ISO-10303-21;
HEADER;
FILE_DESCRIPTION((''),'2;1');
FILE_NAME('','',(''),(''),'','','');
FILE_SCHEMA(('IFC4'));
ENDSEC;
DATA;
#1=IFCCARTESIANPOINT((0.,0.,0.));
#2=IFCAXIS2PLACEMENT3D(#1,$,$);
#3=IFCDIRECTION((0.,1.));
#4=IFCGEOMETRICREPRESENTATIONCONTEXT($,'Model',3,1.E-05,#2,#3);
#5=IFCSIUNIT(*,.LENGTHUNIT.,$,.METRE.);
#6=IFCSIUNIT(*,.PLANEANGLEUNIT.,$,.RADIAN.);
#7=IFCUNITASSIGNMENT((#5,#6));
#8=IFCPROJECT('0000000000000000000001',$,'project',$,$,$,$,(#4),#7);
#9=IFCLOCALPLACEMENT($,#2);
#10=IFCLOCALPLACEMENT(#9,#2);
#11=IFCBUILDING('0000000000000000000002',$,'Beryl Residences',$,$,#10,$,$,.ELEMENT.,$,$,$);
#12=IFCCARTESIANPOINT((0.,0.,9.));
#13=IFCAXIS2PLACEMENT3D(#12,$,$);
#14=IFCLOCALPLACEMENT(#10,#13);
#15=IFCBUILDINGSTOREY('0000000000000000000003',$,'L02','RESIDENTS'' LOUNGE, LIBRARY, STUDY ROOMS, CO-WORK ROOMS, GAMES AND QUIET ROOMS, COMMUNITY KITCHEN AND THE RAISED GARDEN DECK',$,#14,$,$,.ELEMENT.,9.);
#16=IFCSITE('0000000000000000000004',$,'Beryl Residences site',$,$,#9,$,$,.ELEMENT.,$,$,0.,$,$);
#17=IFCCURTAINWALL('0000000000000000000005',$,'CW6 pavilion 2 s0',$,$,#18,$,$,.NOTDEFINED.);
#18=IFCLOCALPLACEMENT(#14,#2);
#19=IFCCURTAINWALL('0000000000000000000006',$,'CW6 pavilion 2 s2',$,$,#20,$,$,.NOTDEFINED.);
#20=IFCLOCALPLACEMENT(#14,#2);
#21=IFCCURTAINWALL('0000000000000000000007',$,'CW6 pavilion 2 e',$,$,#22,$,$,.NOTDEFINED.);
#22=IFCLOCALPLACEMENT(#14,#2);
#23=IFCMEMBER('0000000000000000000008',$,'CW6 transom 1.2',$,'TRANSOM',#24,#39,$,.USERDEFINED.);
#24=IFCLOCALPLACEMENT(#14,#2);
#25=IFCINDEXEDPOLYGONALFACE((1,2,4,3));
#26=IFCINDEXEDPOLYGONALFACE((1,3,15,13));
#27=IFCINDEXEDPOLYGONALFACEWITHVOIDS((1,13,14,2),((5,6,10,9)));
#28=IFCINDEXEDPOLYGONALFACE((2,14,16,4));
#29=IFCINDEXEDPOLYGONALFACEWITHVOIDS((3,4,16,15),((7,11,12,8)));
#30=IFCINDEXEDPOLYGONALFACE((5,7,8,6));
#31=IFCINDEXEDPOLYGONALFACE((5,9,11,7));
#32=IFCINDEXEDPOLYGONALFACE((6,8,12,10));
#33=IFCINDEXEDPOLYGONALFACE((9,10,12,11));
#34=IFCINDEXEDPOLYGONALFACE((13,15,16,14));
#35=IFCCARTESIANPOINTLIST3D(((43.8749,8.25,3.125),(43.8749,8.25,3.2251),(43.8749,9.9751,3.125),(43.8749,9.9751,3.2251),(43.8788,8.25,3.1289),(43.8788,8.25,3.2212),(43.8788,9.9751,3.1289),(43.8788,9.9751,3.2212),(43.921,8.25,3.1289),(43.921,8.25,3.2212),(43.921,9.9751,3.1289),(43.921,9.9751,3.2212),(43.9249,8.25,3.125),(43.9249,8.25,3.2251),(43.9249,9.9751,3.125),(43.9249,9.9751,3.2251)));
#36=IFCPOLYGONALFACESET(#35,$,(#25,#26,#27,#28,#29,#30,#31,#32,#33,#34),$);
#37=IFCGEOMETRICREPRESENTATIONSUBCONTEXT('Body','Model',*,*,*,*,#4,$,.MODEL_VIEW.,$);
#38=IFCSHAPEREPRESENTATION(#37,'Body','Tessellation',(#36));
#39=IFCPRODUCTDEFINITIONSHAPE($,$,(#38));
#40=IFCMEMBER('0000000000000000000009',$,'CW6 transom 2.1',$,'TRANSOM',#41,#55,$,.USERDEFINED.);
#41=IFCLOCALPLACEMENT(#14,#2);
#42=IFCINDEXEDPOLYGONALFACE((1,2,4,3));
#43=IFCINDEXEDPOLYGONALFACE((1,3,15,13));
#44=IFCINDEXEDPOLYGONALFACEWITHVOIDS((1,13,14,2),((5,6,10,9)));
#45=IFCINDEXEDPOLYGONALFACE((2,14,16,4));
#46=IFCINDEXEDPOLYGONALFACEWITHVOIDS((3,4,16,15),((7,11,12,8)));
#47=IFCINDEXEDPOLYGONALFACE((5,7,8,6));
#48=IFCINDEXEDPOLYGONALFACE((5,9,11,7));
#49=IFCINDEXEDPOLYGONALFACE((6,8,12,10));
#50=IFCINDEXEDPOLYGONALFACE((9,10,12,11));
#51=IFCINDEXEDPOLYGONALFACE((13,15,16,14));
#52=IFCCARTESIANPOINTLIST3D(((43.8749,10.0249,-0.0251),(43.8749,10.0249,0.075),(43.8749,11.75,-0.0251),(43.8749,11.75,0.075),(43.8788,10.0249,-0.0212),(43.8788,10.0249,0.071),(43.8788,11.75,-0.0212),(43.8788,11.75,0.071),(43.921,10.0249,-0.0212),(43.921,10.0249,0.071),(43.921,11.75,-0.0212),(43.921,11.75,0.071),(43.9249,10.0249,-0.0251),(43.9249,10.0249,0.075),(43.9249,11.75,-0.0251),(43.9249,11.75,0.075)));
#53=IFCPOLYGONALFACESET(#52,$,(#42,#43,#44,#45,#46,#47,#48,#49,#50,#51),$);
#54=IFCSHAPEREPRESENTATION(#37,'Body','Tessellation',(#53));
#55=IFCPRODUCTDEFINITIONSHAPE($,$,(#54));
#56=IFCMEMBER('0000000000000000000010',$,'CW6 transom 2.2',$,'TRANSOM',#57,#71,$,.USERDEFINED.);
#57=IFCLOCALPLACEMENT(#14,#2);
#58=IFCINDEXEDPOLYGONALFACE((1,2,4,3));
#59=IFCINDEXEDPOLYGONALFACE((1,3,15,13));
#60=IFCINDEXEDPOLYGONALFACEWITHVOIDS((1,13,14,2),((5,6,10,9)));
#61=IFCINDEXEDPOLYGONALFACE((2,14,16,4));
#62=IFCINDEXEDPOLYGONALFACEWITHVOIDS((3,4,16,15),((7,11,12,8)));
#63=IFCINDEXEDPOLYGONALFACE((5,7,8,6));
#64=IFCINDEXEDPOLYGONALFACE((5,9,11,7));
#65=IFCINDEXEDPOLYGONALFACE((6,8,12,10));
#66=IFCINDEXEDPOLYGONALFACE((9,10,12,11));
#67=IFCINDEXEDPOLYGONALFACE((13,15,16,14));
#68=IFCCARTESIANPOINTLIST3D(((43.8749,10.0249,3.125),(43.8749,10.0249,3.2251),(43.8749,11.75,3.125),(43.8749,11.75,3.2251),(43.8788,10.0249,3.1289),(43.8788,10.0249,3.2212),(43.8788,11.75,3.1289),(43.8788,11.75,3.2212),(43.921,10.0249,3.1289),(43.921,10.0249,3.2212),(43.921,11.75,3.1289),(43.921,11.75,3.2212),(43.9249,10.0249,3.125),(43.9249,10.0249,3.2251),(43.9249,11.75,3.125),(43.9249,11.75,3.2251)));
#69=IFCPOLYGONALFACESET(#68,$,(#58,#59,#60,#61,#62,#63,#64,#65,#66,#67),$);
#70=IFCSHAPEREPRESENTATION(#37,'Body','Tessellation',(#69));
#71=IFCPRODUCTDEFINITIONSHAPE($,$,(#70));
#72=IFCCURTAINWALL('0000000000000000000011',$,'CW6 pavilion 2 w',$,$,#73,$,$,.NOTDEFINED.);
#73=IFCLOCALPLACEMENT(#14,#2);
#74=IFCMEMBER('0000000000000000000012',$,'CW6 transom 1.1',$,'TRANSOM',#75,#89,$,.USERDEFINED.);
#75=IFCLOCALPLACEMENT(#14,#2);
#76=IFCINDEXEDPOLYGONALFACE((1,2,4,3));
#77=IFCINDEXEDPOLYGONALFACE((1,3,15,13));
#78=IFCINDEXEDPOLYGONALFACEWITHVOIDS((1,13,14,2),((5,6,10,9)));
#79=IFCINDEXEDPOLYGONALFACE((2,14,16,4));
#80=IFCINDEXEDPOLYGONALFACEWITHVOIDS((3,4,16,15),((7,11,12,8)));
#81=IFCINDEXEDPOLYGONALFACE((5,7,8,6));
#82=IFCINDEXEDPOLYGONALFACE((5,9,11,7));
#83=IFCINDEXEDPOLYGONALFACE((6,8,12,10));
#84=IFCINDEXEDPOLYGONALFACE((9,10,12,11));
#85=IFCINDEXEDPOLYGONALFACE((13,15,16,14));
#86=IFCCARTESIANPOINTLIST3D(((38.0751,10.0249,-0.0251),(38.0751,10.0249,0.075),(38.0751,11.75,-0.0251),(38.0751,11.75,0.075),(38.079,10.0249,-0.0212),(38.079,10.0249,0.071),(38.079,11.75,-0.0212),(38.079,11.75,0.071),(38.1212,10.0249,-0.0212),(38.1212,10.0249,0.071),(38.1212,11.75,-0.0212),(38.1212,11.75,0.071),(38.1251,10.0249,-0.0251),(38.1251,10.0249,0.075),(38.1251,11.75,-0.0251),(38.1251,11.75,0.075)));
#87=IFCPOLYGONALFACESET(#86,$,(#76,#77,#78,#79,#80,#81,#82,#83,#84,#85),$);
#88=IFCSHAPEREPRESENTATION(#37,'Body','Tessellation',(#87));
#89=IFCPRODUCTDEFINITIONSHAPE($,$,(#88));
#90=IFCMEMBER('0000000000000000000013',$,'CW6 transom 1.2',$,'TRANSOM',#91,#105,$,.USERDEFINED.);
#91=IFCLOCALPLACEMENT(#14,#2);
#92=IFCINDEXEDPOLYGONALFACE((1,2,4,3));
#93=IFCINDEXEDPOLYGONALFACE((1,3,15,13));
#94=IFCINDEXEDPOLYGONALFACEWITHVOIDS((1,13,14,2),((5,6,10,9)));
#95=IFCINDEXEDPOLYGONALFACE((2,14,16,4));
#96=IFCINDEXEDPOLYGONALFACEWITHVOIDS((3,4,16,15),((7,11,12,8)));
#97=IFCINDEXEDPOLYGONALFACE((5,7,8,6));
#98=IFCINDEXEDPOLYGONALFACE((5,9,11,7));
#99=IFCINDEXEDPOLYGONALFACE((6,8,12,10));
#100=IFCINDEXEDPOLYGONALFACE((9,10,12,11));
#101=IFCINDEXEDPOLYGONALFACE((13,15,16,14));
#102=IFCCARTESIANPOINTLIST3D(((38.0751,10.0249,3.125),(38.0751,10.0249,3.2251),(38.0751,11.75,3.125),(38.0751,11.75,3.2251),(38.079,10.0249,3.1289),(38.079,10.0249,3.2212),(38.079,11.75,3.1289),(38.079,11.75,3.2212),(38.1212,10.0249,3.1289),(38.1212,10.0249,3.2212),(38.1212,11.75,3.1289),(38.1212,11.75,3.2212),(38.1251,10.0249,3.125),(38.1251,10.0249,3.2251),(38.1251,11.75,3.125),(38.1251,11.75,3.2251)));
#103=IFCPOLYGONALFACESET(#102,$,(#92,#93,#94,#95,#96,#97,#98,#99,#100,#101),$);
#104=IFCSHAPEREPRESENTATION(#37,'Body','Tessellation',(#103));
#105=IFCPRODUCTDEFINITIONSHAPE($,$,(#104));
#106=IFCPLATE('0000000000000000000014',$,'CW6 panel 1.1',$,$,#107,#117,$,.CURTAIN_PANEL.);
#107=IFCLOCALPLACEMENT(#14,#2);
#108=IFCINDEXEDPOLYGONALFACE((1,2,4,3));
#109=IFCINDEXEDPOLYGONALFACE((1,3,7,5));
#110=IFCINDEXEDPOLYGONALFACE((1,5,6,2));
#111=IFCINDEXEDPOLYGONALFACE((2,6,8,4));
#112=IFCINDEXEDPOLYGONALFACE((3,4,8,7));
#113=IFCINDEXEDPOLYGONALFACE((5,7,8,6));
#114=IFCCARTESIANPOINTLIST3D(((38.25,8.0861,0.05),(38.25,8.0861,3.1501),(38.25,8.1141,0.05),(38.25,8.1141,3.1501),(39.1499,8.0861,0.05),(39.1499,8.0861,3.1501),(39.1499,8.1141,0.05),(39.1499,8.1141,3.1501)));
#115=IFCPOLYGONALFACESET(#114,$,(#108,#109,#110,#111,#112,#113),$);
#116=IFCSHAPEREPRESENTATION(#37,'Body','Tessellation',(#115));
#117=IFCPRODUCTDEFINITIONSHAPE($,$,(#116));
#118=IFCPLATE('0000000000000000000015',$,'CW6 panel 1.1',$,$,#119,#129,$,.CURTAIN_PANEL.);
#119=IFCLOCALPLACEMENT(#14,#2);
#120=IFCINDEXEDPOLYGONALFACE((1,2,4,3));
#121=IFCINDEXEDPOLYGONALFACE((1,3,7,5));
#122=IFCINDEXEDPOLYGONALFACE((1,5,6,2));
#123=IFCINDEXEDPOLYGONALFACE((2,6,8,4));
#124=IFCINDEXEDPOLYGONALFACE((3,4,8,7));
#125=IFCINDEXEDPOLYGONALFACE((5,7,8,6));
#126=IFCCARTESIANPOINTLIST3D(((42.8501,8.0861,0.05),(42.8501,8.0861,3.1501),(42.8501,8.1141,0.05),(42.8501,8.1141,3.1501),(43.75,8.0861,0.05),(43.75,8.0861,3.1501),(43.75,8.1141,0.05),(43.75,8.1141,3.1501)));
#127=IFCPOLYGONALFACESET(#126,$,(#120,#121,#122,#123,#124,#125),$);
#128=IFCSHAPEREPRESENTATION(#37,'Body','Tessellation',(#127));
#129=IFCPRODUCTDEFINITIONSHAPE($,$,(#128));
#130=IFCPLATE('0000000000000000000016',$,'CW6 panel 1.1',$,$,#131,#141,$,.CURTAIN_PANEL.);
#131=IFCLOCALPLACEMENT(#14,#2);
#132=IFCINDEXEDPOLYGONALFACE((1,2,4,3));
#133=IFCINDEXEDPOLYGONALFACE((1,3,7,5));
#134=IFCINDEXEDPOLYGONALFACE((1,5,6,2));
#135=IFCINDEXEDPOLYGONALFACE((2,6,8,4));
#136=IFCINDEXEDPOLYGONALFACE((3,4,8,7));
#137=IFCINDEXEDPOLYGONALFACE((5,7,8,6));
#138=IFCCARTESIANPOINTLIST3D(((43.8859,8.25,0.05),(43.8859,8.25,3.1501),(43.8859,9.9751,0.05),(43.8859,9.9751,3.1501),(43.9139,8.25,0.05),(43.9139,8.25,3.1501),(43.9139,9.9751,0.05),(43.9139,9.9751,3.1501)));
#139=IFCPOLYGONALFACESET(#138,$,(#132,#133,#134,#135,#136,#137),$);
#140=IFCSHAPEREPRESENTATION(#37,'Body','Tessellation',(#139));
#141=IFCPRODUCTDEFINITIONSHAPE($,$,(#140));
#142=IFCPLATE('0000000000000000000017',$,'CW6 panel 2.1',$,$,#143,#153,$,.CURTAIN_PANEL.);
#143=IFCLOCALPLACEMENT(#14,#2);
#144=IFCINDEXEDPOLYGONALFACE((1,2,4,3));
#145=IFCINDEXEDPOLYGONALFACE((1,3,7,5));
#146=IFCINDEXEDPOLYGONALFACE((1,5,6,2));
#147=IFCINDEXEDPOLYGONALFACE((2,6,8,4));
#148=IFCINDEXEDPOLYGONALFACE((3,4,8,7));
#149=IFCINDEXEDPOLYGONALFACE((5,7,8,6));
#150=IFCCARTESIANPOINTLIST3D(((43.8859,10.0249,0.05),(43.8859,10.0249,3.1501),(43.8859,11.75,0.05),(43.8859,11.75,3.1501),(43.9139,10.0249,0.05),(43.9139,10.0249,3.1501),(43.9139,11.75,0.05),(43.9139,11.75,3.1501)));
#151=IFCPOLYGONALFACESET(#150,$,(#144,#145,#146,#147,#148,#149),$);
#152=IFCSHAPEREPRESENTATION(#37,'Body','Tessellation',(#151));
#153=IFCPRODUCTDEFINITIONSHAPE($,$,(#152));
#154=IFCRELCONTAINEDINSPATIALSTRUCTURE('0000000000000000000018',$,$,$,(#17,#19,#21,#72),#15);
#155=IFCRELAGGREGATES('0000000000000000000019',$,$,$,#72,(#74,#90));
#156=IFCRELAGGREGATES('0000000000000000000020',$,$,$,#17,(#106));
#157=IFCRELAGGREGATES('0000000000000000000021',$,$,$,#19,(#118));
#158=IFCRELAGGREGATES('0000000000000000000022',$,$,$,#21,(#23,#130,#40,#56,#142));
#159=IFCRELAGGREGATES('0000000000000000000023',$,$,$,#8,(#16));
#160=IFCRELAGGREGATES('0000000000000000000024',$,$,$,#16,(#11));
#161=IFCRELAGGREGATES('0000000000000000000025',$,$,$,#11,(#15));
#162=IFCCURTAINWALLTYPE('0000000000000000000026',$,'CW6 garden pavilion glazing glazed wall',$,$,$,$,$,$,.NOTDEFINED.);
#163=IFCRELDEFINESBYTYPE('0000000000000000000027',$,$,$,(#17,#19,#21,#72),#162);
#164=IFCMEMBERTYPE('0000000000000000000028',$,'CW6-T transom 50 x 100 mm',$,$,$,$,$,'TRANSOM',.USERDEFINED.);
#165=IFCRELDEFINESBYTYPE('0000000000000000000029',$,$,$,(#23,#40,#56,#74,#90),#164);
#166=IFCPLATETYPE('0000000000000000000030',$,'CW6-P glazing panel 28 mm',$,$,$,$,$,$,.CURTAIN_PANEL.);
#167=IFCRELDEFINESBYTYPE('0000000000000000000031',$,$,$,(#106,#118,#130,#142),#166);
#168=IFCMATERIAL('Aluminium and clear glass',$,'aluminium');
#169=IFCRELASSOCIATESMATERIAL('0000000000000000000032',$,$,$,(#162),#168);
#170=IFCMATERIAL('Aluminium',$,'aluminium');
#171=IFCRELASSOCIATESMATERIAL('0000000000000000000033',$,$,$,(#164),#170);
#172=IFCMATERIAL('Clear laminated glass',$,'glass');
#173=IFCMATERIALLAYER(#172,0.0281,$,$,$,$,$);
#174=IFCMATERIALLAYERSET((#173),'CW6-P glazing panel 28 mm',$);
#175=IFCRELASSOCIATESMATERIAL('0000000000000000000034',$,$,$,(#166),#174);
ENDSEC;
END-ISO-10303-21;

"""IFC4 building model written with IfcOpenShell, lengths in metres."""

from ifc_helpers import new_model, si_unit, direction, frame, origin, origin_2d, place, context, subcontext, project, spatial, rectangle, hollow_rectangle, extrude, material, layer, layer_set, material_profile, profile_set, type_object, element, aggregate, save


model = new_model("IFC4")

# Units and contexts
model_context = context("Model", 3, precision=1e-05, world=origin(), true_north=direction((0.0, 1.0)))
body_context = subcontext(model_context, "Body", "Model", "MODEL_VIEW")
ifc_project = project(units=[si_unit("LENGTHUNIT", "METRE"), si_unit("PLANEANGLEUNIT", "RADIAN")], contexts=[model_context])

# Site, building, storey
site_placement = place(None, origin())
site = spatial("IfcSite", under=ifc_project, at=site_placement, Name="Beryl Residences site", CompositionType="ELEMENT", RefElevation=0.0)
building_placement = place(site_placement, origin())
building = spatial("IfcBuilding", under=site, at=building_placement, Name="Beryl Residences", CompositionType="ELEMENT")
storey_placement = place(building_placement, frame((0.0, 0.0, 9.0)))
storey = spatial("IfcBuildingStorey", under=building, at=storey_placement, Name="L02", Description="RESIDENTS' LOUNGE, LIBRARY, STUDY ROOMS, CO-WORK ROOMS, GAMES AND QUIET ROOMS, COMMUNITY KITCHEN AND THE RAISED GARDEN DECK", CompositionType="ELEMENT", Elevation=9.0)

# Curtain walls
ifc_material_1 = material(Name="Aluminium and clear glass", Category="aluminium")
curtain_wall_type = type_object("IfcCurtainWallType", Name="CW6 garden pavilion glazing glazed wall", PredefinedType="NOTDEFINED", material=ifc_material_1)
curtain_wall_1_placement = place(storey_placement, origin())
curtain_wall_1 = element("IfcCurtainWall", 1, at=curtain_wall_1_placement, inside=storey, type_object=curtain_wall_type, Name="CW6 pavilion 2 s0", PredefinedType="NOTDEFINED")
curtain_wall_2_placement = place(storey_placement, origin())
curtain_wall_2 = element("IfcCurtainWall", 2, at=curtain_wall_2_placement, inside=storey, type_object=curtain_wall_type, Name="CW6 pavilion 2 s2", PredefinedType="NOTDEFINED")
curtain_wall_3_placement = place(storey_placement, origin())
curtain_wall_3 = element("IfcCurtainWall", 3, at=curtain_wall_3_placement, inside=storey, type_object=curtain_wall_type, Name="CW6 pavilion 2 e", PredefinedType="NOTDEFINED")

# Members
ifc_material_2 = material(Name="Aluminium", Category="aluminium")
ifc_material_profile_1 = material_profile(ifc_material_2, hollow_rectangle(XDim=0.05, YDim=0.1001, WallThickness=0.0039, at=origin_2d()))
ifc_profile_set_1 = profile_set([ifc_material_profile_1], Name="Aluminium")
member_type_1 = type_object("IfcMemberType", Name="CW6-T transom 50 x 100 mm", ElementType="TRANSOM", PredefinedType="USERDEFINED", material=ifc_profile_set_1)
member_1_placement = place(storey_placement, frame((43.8999, 8.25, 3.175), z_axis=(0.0, 1.0, 0.0), x_axis=(-1.0, 0.0, 0.0)))
member_1 = element("IfcMember", 4, at=member_1_placement, type_object=member_type_1, Name="CW6 transom 1.2", ObjectType="TRANSOM", PredefinedType="USERDEFINED", context=body_context, shape_type="SweptSolid", body=[
    extrude(hollow_rectangle(XDim=0.05, YDim=0.1001, WallThickness=0.0039, at=origin_2d()), origin(), (0.0, 0.0, 1.0), 1.7251),
])
member_2_placement = place(storey_placement, frame((43.8999, 10.0249, 0.0249), z_axis=(0.0, 1.0, 0.0), x_axis=(-1.0, 0.0, 0.0)))
member_2 = element("IfcMember", 5, at=member_2_placement, type_object=member_type_1, Name="CW6 transom 2.1", ObjectType="TRANSOM", PredefinedType="USERDEFINED", context=body_context, shape_type="SweptSolid", body=[
    extrude(hollow_rectangle(XDim=0.05, YDim=0.1001, WallThickness=0.0039, at=origin_2d()), origin(), (0.0, 0.0, 1.0), 1.7251),
])
member_3_placement = place(storey_placement, frame((43.8999, 10.0249, 3.175), z_axis=(0.0, 1.0, 0.0), x_axis=(-1.0, 0.0, 0.0)))
member_3 = element("IfcMember", 6, at=member_3_placement, type_object=member_type_1, Name="CW6 transom 2.2", ObjectType="TRANSOM", PredefinedType="USERDEFINED", context=body_context, shape_type="SweptSolid", body=[
    extrude(hollow_rectangle(XDim=0.05, YDim=0.1001, WallThickness=0.0039, at=origin_2d()), origin(), (0.0, 0.0, 1.0), 1.7251),
])

# Curtain wall, members
curtain_wall_4_placement = place(storey_placement, origin())
curtain_wall_4 = element("IfcCurtainWall", 7, at=curtain_wall_4_placement, inside=storey, type_object=curtain_wall_type, Name="CW6 pavilion 2 w", PredefinedType="NOTDEFINED")
member_4_placement = place(storey_placement, frame((38.1001, 11.75, 0.0249), z_axis=(0.0, -1.0, 0.0), x_axis=(1.0, 0.0, 0.0)))
member_4 = element("IfcMember", 8, at=member_4_placement, type_object=member_type_1, Name="CW6 transom 1.1", ObjectType="TRANSOM", PredefinedType="USERDEFINED", context=body_context, shape_type="SweptSolid", body=[
    extrude(hollow_rectangle(XDim=0.05, YDim=0.1001, WallThickness=0.0039, at=origin_2d()), origin(), (0.0, 0.0, 1.0), 1.7251),
])
member_5_placement = place(storey_placement, frame((38.1001, 11.75, 3.175), z_axis=(0.0, -1.0, 0.0), x_axis=(1.0, 0.0, 0.0)))
member_5 = element("IfcMember", 9, at=member_5_placement, type_object=member_type_1, Name="CW6 transom 1.2", ObjectType="TRANSOM", PredefinedType="USERDEFINED", context=body_context, shape_type="SweptSolid", body=[
    extrude(hollow_rectangle(XDim=0.05, YDim=0.1001, WallThickness=0.0039, at=origin_2d()), origin(), (0.0, 0.0, 1.0), 1.7251),
])
aggregate(curtain_wall_4, [member_4, member_5])

# Plates
ifc_material_3 = material(Name="Clear laminated glass", Category="glass")
ifc_layer_1 = layer(ifc_material_3, 0.0281)
ifc_layer_set_1 = layer_set([ifc_layer_1], Name="CW6-P glazing panel 28 mm")
plate_type = type_object("IfcPlateType", Name="CW6-P glazing panel 28 mm", PredefinedType="CURTAIN_PANEL", material=ifc_layer_set_1)
plate_1_placement = place(storey_placement, frame((38.7, 8.1001, 0.05), z_axis=(0.0, 0.0, 1.0), x_axis=(1.0, 0.0, 0.0)))
plate_1 = element("IfcPlate", 10, at=plate_1_placement, type_object=plate_type, Name="CW6 panel 1.1", PredefinedType="CURTAIN_PANEL", context=body_context, shape_type="SweptSolid", body=[
    extrude(rectangle(XDim=0.8999, YDim=0.0281, at=origin_2d()), origin(), (0.0, 0.0, 1.0), 3.1001),
])
aggregate(curtain_wall_1, [plate_1])
plate_2_placement = place(storey_placement, frame((43.3, 8.1001, 0.05), z_axis=(0.0, 0.0, 1.0), x_axis=(1.0, 0.0, 0.0)))
plate_2 = element("IfcPlate", 11, at=plate_2_placement, type_object=plate_type, Name="CW6 panel 1.1", PredefinedType="CURTAIN_PANEL", context=body_context, shape_type="SweptSolid", body=[
    extrude(rectangle(XDim=0.8999, YDim=0.0281, at=origin_2d()), origin(), (0.0, 0.0, 1.0), 3.1001),
])
aggregate(curtain_wall_2, [plate_2])
plate_3_placement = place(storey_placement, frame((43.8999, 9.1125, 0.05), z_axis=(0.0, 0.0, 1.0), x_axis=(0.0, 1.0, 0.0)))
plate_3 = element("IfcPlate", 12, at=plate_3_placement, type_object=plate_type, Name="CW6 panel 1.1", PredefinedType="CURTAIN_PANEL", context=body_context, shape_type="SweptSolid", body=[
    extrude(rectangle(XDim=1.7251, YDim=0.0281, at=origin_2d()), origin(), (0.0, 0.0, 1.0), 3.1001),
])
plate_4_placement = place(storey_placement, frame((43.8999, 10.8875, 0.05), z_axis=(0.0, 0.0, 1.0), x_axis=(0.0, 1.0, 0.0)))
plate_4 = element("IfcPlate", 13, at=plate_4_placement, type_object=plate_type, Name="CW6 panel 2.1", PredefinedType="CURTAIN_PANEL", context=body_context, shape_type="SweptSolid", body=[
    extrude(rectangle(XDim=1.7251, YDim=0.0281, at=origin_2d()), origin(), (0.0, 0.0, 1.0), 3.1001),
])
aggregate(curtain_wall_3, [member_1, plate_3, member_2, member_3, plate_4])

save(model, "model.ifc")
